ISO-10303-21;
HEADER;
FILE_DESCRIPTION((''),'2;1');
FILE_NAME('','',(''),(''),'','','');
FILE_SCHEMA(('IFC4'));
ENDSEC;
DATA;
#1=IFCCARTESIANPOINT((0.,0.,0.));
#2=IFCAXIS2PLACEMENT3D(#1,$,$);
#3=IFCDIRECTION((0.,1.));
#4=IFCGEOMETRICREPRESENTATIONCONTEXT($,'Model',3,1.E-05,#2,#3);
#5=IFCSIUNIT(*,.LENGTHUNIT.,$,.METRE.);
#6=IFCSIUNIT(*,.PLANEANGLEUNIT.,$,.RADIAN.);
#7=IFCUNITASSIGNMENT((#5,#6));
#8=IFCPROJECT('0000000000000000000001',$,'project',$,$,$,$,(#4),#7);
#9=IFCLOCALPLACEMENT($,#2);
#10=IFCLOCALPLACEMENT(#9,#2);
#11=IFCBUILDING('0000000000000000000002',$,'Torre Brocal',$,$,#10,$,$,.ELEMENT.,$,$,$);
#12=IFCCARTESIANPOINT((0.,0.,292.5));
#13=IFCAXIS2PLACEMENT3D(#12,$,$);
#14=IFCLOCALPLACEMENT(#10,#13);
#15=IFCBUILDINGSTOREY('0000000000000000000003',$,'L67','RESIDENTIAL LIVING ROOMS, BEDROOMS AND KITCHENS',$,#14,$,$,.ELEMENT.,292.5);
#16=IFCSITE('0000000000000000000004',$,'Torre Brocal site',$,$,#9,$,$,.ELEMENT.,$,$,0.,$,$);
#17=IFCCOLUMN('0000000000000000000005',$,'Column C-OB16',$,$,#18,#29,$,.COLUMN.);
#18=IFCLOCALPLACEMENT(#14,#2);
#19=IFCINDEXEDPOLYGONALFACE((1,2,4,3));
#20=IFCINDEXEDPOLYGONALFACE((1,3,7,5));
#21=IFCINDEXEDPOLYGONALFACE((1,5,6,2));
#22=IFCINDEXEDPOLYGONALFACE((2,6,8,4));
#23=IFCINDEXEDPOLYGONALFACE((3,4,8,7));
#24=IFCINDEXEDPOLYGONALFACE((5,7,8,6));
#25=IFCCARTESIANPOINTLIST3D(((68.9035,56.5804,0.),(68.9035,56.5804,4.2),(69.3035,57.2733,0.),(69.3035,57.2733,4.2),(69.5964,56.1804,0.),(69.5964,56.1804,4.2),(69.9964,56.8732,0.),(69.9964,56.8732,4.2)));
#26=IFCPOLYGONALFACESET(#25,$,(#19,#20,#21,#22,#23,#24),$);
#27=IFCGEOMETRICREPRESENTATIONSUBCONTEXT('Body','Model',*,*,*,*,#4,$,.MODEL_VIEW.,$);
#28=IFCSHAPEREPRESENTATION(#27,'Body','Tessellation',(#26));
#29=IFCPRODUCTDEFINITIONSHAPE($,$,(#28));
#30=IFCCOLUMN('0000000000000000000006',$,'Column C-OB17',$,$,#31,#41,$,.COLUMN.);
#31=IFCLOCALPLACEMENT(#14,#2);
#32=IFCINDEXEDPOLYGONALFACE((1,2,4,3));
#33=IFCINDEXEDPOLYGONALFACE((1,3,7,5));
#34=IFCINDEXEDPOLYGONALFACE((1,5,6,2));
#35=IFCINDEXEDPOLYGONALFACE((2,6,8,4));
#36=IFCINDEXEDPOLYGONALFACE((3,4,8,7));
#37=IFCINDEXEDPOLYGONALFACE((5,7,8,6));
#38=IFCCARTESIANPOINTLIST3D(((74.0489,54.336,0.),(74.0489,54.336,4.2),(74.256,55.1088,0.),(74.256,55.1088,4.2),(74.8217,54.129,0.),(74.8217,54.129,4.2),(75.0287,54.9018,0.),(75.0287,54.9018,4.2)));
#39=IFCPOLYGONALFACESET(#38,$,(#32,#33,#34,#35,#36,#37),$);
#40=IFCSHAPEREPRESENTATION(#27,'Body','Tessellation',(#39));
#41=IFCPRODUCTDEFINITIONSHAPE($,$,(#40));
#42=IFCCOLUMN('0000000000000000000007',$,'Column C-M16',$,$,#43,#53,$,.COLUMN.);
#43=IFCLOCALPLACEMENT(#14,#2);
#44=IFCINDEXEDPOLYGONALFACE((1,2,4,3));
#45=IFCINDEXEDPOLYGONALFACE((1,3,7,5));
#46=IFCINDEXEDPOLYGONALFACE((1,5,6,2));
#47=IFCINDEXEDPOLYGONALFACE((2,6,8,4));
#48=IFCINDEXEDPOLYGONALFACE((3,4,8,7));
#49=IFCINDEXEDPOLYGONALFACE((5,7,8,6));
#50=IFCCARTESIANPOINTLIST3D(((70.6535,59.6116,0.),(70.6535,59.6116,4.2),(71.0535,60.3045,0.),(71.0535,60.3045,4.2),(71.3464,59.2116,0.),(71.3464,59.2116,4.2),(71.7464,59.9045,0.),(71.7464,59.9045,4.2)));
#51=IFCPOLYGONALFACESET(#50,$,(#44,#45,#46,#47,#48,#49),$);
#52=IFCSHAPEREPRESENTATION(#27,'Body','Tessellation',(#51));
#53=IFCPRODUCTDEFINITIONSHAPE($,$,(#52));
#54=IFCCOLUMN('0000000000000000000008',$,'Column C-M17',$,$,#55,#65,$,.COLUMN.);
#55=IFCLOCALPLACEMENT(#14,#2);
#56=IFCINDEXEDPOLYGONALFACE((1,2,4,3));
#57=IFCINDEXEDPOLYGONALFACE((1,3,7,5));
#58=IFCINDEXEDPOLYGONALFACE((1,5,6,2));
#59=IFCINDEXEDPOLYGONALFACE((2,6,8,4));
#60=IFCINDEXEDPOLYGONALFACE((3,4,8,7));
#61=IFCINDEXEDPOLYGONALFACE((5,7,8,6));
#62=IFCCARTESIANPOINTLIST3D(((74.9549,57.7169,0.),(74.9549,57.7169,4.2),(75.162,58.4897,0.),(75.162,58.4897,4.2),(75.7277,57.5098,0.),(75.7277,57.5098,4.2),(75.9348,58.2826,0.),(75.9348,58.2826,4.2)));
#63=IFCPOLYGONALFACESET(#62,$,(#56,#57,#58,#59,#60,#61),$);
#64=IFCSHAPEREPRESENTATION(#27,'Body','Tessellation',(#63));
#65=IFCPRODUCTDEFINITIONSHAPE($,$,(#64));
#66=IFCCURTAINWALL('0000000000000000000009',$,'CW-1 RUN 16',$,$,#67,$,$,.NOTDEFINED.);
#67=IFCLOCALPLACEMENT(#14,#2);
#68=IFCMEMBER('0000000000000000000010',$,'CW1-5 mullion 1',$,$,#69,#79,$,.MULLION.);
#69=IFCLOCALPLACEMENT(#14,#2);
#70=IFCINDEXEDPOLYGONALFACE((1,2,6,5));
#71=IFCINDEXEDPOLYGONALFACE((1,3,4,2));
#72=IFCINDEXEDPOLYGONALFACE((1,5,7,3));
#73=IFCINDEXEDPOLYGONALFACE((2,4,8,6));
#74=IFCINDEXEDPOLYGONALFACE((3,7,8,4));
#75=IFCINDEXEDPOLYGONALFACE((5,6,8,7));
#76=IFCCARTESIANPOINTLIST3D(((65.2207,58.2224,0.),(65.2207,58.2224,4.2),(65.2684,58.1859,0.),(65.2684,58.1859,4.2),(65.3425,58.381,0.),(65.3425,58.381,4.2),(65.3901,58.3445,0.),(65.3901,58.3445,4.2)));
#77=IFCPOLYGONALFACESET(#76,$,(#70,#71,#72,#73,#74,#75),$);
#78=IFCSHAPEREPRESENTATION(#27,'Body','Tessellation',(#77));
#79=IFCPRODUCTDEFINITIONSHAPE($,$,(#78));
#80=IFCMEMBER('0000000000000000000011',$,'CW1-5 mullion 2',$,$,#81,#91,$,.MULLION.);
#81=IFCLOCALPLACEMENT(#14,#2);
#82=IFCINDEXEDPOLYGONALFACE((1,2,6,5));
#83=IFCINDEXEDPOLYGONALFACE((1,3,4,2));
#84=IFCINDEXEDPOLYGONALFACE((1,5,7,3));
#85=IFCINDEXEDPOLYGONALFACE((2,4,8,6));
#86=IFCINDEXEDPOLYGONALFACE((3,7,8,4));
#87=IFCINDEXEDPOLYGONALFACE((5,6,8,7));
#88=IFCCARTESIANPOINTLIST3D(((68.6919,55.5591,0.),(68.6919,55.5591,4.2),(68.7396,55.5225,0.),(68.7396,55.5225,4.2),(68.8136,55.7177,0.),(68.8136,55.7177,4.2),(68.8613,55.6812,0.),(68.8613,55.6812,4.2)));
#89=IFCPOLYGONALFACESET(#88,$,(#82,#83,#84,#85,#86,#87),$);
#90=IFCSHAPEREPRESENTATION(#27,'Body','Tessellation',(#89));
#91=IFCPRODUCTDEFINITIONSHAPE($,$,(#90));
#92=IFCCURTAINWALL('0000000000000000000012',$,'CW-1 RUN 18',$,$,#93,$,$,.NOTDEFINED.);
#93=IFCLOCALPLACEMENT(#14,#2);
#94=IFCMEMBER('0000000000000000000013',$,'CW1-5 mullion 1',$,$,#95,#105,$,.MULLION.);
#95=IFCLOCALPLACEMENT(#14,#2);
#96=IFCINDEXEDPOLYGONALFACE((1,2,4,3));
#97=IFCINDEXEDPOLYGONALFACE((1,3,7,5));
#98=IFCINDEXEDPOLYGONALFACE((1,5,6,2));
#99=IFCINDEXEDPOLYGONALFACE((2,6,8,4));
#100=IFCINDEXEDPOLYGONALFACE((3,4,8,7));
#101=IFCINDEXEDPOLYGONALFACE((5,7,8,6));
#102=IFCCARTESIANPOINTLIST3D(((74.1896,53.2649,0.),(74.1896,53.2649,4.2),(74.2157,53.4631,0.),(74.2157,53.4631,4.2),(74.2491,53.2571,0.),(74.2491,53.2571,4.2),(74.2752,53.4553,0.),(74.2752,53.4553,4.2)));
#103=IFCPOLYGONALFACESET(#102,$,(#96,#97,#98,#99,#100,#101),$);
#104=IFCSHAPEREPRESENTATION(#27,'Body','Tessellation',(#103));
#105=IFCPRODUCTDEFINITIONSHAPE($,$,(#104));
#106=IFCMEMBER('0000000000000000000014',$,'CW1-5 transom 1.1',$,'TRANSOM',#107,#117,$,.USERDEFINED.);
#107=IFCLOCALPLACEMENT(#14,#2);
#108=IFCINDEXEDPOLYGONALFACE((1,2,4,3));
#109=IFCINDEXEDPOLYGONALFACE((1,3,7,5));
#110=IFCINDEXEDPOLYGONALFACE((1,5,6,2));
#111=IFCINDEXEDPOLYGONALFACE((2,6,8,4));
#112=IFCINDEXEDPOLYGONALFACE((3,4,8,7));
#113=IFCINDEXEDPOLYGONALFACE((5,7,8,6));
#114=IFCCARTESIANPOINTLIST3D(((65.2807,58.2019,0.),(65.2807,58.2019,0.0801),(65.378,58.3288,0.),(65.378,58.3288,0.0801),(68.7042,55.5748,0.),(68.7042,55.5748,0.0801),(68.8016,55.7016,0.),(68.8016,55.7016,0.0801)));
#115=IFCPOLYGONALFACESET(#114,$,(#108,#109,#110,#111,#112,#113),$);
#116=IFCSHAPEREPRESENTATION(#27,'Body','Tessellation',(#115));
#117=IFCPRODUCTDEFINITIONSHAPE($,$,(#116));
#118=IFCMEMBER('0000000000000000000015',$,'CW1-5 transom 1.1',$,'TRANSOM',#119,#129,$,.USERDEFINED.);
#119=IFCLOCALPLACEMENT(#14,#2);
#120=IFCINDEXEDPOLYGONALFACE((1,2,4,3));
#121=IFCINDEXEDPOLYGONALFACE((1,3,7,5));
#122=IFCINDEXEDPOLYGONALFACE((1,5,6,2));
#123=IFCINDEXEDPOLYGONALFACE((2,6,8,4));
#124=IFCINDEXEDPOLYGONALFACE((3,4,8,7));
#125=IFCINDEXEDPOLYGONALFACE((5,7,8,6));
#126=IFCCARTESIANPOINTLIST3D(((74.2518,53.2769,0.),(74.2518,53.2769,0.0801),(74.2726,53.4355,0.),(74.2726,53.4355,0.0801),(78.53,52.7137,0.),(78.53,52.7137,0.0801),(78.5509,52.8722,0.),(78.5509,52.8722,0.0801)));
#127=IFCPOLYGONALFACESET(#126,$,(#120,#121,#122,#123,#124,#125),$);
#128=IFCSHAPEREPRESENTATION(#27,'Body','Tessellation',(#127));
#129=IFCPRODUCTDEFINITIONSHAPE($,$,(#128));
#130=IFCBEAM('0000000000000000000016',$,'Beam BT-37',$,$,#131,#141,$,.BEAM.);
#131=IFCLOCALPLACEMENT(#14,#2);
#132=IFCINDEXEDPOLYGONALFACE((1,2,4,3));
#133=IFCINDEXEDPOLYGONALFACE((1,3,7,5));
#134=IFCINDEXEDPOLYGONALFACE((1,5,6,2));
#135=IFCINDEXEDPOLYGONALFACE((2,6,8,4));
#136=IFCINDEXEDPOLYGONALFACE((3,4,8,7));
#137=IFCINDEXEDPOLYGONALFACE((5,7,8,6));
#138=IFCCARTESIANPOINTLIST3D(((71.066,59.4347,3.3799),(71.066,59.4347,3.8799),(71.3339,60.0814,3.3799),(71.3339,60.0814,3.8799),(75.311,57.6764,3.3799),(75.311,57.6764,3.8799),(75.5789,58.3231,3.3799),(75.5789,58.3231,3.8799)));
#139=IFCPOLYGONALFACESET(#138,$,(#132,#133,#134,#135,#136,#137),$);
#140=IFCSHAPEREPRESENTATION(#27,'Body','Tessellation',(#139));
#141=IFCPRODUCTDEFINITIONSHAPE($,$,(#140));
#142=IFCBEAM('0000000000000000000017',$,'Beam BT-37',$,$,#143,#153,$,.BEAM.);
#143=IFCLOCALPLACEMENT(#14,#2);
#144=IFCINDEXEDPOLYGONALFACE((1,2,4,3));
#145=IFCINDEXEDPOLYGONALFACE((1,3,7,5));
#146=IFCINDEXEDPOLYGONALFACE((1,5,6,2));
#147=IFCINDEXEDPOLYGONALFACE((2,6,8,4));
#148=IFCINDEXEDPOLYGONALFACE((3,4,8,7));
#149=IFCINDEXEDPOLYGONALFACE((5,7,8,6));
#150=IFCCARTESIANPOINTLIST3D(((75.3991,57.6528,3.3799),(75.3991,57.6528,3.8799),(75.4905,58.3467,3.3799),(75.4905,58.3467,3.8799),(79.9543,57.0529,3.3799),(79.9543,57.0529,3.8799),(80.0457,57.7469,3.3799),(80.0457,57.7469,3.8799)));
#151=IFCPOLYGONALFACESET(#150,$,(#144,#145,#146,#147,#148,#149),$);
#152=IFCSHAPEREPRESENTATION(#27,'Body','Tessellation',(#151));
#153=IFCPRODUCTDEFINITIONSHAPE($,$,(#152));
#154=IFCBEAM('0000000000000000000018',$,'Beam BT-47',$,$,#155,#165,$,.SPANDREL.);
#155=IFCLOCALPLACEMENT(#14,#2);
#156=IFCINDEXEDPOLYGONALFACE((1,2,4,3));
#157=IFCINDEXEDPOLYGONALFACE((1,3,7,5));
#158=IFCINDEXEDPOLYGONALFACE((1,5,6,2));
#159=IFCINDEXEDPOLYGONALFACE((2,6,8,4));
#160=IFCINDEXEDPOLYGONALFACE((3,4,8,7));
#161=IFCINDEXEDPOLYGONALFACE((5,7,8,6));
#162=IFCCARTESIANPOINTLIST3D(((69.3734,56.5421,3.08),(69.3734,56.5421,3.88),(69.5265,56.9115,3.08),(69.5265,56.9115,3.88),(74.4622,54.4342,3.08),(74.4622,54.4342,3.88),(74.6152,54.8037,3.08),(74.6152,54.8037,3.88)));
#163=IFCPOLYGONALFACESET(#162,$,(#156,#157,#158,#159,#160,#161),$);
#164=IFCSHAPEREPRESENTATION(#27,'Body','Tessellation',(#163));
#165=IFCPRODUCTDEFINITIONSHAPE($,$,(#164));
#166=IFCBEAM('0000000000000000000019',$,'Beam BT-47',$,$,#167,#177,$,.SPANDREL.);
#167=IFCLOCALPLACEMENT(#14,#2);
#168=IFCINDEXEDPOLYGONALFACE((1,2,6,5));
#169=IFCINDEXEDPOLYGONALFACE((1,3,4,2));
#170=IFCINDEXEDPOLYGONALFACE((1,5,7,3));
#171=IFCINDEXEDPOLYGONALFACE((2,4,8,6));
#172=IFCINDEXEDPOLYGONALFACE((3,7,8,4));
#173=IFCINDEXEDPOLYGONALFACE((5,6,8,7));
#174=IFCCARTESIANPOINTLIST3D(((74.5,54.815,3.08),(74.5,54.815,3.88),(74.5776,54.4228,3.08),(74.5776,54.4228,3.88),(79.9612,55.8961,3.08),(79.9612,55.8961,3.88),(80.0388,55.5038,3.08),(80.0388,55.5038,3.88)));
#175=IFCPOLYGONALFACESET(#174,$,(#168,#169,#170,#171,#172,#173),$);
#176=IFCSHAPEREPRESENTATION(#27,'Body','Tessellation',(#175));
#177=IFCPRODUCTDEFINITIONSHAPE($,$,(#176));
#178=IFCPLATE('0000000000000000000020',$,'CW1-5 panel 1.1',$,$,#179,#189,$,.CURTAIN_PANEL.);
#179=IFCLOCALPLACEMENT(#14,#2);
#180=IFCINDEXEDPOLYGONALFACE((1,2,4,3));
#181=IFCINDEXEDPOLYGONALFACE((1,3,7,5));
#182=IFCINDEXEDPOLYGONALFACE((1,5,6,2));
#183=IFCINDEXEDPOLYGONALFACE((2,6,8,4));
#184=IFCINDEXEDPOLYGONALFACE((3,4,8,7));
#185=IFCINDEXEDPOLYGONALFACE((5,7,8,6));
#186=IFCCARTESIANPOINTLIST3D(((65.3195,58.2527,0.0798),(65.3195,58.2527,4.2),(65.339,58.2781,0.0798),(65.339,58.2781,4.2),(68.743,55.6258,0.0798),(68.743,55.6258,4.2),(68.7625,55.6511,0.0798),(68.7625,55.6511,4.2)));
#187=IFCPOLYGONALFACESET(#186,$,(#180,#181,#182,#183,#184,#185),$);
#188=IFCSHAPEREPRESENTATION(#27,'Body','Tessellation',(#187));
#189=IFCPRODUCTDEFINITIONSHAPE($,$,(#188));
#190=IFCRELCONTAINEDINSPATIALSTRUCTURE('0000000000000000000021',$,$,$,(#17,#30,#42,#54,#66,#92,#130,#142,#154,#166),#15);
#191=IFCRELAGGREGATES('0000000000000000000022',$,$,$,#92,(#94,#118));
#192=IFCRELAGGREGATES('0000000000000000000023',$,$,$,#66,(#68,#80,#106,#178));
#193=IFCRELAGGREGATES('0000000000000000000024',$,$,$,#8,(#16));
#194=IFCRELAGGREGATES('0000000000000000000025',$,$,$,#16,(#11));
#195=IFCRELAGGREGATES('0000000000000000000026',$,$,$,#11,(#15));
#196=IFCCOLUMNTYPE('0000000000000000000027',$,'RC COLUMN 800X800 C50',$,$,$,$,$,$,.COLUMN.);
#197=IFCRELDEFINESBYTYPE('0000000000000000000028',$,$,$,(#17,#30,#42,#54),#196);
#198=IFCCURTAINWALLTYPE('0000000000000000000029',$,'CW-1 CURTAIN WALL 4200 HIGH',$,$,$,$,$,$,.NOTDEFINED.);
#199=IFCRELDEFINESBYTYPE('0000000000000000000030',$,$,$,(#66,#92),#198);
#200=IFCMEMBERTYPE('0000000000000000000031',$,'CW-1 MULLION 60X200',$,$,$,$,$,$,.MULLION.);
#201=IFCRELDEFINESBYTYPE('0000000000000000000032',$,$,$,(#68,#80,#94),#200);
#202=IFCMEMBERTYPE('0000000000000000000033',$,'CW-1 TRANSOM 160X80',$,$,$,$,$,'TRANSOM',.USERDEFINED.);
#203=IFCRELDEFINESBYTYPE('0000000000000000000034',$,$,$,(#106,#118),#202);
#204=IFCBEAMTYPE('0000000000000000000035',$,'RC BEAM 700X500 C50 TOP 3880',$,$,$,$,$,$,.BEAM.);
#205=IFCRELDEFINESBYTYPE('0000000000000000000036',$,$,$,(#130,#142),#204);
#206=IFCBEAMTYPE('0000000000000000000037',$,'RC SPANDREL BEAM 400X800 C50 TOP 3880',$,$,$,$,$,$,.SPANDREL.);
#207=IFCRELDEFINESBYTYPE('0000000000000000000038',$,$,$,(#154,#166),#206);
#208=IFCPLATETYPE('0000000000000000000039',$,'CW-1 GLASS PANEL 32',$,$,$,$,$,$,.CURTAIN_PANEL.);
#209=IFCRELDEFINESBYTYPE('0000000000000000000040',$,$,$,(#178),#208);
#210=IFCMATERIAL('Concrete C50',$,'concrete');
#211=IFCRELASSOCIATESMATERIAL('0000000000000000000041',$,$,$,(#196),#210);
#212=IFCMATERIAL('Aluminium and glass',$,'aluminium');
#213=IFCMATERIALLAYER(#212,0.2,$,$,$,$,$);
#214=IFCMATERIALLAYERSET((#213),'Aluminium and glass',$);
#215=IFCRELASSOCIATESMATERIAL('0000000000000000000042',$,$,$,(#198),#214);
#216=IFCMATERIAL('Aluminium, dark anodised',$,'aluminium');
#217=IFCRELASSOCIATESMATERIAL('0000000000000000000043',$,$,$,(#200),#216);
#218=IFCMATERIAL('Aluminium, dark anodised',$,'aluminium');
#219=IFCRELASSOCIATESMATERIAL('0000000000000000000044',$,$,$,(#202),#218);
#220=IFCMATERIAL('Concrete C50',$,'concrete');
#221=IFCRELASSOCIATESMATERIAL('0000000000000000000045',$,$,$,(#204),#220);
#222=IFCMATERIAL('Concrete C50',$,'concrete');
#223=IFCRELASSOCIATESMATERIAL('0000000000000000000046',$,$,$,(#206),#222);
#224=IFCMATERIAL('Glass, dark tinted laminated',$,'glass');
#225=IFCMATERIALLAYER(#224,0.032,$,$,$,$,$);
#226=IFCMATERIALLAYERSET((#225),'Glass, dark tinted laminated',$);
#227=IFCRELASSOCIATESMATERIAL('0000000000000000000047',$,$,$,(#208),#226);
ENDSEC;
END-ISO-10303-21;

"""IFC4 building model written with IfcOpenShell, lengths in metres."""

from ifc_helpers import new_model, si_unit, direction, frame, origin, origin_2d, place, context, subcontext, project, spatial, rectangle, extrude, material, layer, layer_set, material_profile, profile_set, type_object, element, aggregate, save


model = new_model("IFC4")

# Units and contexts
model_context = context("Model", 3, precision=1e-05, world=origin(), true_north=direction((0.0, 1.0)))
body_context = subcontext(model_context, "Body", "Model", "MODEL_VIEW")
ifc_project = project(units=[si_unit("LENGTHUNIT", "METRE"), si_unit("PLANEANGLEUNIT", "RADIAN")], contexts=[model_context])

# Site, building, storey
site_placement = place(None, origin())
site = spatial("IfcSite", under=ifc_project, at=site_placement, Name="Torre Brocal site", CompositionType="ELEMENT", RefElevation=0.0)
building_placement = place(site_placement, origin())
building = spatial("IfcBuilding", under=site, at=building_placement, Name="Torre Brocal", CompositionType="ELEMENT")
storey_placement = place(building_placement, frame((0.0, 0.0, 292.5)))
storey = spatial("IfcBuildingStorey", under=building, at=storey_placement, Name="L67", Description="RESIDENTIAL LIVING ROOMS, BEDROOMS AND KITCHENS", CompositionType="ELEMENT", Elevation=292.5)

# Columns
ifc_material_1 = material(Name="Concrete C50", Category="concrete")
ifc_material_profile_1 = material_profile(ifc_material_1, rectangle(XDim=0.8, YDim=0.8, at=origin_2d()), Name="RC 800X800")
ifc_profile_set_1 = profile_set([ifc_material_profile_1], Name="Concrete C50")
column_type = type_object("IfcColumnType", Name="RC COLUMN 800X800 C50", PredefinedType="COLUMN", material=ifc_profile_set_1)
for number, where, z_axis, x_axis, name in (
    (1, (69.45, 56.7268, 0.0), (0.0, 0.0, 1.0), (-0.5, -0.866025, 0.0), "Column C-OB16"),
    (2, (74.5388, 54.6189, 0.0), (0.0, 0.0, 1.0), (-0.258819, -0.965926, 0.0), "Column C-OB17"),
    (3, (71.2, 59.7581, 0.0), (0.0, 0.0, 1.0), (-0.5, -0.866025, 0.0), "Column C-M16"),
    (4, (75.4448, 57.9998, 0.0), (0.0, 0.0, 1.0), (-0.258819, -0.965926, 0.0), "Column C-M17"),
):
    element("IfcColumn", number, at=place(storey_placement, frame(where, z_axis=z_axis, x_axis=x_axis)), inside=storey, type_object=column_type, Name=name, PredefinedType="COLUMN", context=body_context, shape_type="SweptSolid", body=[
        extrude(rectangle(XDim=0.8, YDim=0.8, at=origin_2d()), origin(), (0.0, 0.0, 1.0), 4.2),
    ])

# Curtain wall, members
ifc_material_2 = material(Name="Aluminium and glass", Category="aluminium")
ifc_layer_1 = layer(ifc_material_2, 0.2)
ifc_layer_set_1 = layer_set([ifc_layer_1], Name="Aluminium and glass")
curtain_wall_type = type_object("IfcCurtainWallType", Name="CW-1 CURTAIN WALL 4200 HIGH", PredefinedType="NOTDEFINED", material=ifc_layer_set_1)
curtain_wall_1_placement = place(storey_placement, origin())
curtain_wall_1 = element("IfcCurtainWall", 5, at=curtain_wall_1_placement, inside=storey, type_object=curtain_wall_type, Name="CW-1 RUN 16", PredefinedType="NOTDEFINED")
ifc_material_3 = material(Name="Aluminium, dark anodised", Category="aluminium")
ifc_material_profile_2 = material_profile(ifc_material_3, rectangle(XDim=0.2, YDim=0.0601, at=origin_2d()), Name="CW-1 MULLION 60X200")
ifc_profile_set_2 = profile_set([ifc_material_profile_2], Name="Aluminium, dark anodised")
member_type_1 = type_object("IfcMemberType", Name="CW-1 MULLION 60X200", PredefinedType="MULLION", material=ifc_profile_set_2)
member_1_placement = place(storey_placement, frame((65.3054, 58.2834, 0.0), z_axis=(0.0, 0.0, 1.0), x_axis=(0.608761, 0.793353, 0.0)))
member_1 = element("IfcMember", 6, at=member_1_placement, type_object=member_type_1, Name="CW1-5 mullion 1", PredefinedType="MULLION", context=body_context, shape_type="SweptSolid", body=[
    extrude(rectangle(XDim=0.2, YDim=0.0601, at=origin_2d()), origin(), (0.0, 0.0, 1.0), 4.2),
])
member_2_placement = place(storey_placement, frame((68.7766, 55.6201, 0.0), z_axis=(0.0, 0.0, 1.0), x_axis=(0.608761, 0.793353, 0.0)))
member_2 = element("IfcMember", 7, at=member_2_placement, type_object=member_type_1, Name="CW1-5 mullion 2", PredefinedType="MULLION", context=body_context, shape_type="SweptSolid", body=[
    extrude(rectangle(XDim=0.2, YDim=0.0601, at=origin_2d()), origin(), (0.0, 0.0, 1.0), 4.2),
])

# Curtain wall, member
curtain_wall_2_placement = place(storey_placement, origin())
curtain_wall_2 = element("IfcCurtainWall", 8, at=curtain_wall_2_placement, inside=storey, type_object=curtain_wall_type, Name="CW-1 RUN 18", PredefinedType="NOTDEFINED")
member_3_placement = place(storey_placement, frame((74.2324, 53.3601, 0.0), z_axis=(0.0, 0.0, 1.0), x_axis=(0.130526, 0.991445, 0.0)))
member_3 = element("IfcMember", 9, at=member_3_placement, type_object=member_type_1, Name="CW1-5 mullion 1", PredefinedType="MULLION", context=body_context, shape_type="SweptSolid", body=[
    extrude(rectangle(XDim=0.2, YDim=0.0601, at=origin_2d()), origin(), (0.0, 0.0, 1.0), 4.2),
])

# Members
ifc_material_4 = material(Name="Aluminium, dark anodised", Category="aluminium")
ifc_material_profile_3 = material_profile(ifc_material_4, rectangle(XDim=0.1599, YDim=0.0801, at=origin_2d()), Name="CW-1 TRANSOM 160X80")
ifc_profile_set_3 = profile_set([ifc_material_profile_3], Name="Aluminium, dark anodised")
member_type_2 = type_object("IfcMemberType", Name="CW-1 TRANSOM 160X80", ElementType="TRANSOM", PredefinedType="USERDEFINED", material=ifc_profile_set_3)
member_4_placement = place(storey_placement, frame((65.3293, 58.2654, 0.04), z_axis=(0.793332, -0.608789, 0.0), x_axis=(0.608789, 0.793332, 0.0)))
member_4 = element("IfcMember", 10, at=member_4_placement, type_object=member_type_2, Name="CW1-5 transom 1.1", ObjectType="TRANSOM", PredefinedType="USERDEFINED", context=body_context, shape_type="SweptSolid", body=[
    extrude(rectangle(XDim=0.1599, YDim=0.0801, at=origin_2d()), origin(), (0.0, 0.0, 1.0), 4.3154),
])
member_5_placement = place(storey_placement, frame((74.2622, 53.3562, 0.04), z_axis=(0.991445, -0.130522, 0.0), x_axis=(0.130522, 0.991445, 0.0)))
member_5 = element("IfcMember", 11, at=member_5_placement, type_object=member_type_2, Name="CW1-5 transom 1.1", ObjectType="TRANSOM", PredefinedType="USERDEFINED", context=body_context, shape_type="SweptSolid", body=[
    extrude(rectangle(XDim=0.1599, YDim=0.0801, at=origin_2d()), origin(), (0.0, 0.0, 1.0), 4.3152),
])
aggregate(curtain_wall_2, [member_3, member_5])

# Beams
ifc_material_5 = material(Name="Concrete C50", Category="concrete")
ifc_material_profile_4 = material_profile(ifc_material_5, rectangle(XDim=0.7, YDim=0.5, at=origin_2d()), Name="RC 700X500")
ifc_profile_set_4 = profile_set([ifc_material_profile_4], Name="Concrete C50")
beam_type_1 = type_object("IfcBeamType", Name="RC BEAM 700X500 C50 TOP 3880", PredefinedType="BEAM", material=ifc_profile_set_4)
beam_1_placement = place(storey_placement, frame((71.2, 59.7581, 3.6299), z_axis=(0.923878, -0.382687, 0.0), x_axis=(0.382687, 0.923878, 0.0)))
element("IfcBeam", 12, at=beam_1_placement, inside=storey, type_object=beam_type_1, Name="Beam BT-37", PredefinedType="BEAM", context=body_context, shape_type="SweptSolid", body=[
    extrude(rectangle(XDim=0.7, YDim=0.5, at=origin_2d()), origin(), (0.0, 0.0, 1.0), 4.5947),
])
beam_2_placement = place(storey_placement, frame((75.4448, 57.9998, 3.6299), z_axis=(0.991441, -0.130559, 0.0), x_axis=(0.130559, 0.991441, 0.0)))
element("IfcBeam", 13, at=beam_2_placement, inside=storey, type_object=beam_type_1, Name="Beam BT-37", PredefinedType="BEAM", context=body_context, shape_type="SweptSolid", body=[
    extrude(rectangle(XDim=0.7, YDim=0.5, at=origin_2d()), origin(), (0.0, 0.0, 1.0), 4.5945),
])
ifc_material_6 = material(Name="Concrete C50", Category="concrete")
ifc_material_profile_5 = material_profile(ifc_material_6, rectangle(XDim=0.3999, YDim=0.8, at=origin_2d()), Name="RC 400X800")
ifc_profile_set_5 = profile_set([ifc_material_profile_5], Name="Concrete C50")
beam_type_2 = type_object("IfcBeamType", Name="RC SPANDREL BEAM 400X800 C50 TOP 3880", PredefinedType="SPANDREL", material=ifc_profile_set_5)
beam_3_placement = place(storey_placement, frame((69.45, 56.7268, 3.48), z_axis=(0.923877, -0.382688, 0.0), x_axis=(0.382688, 0.923877, 0.0)))
element("IfcBeam", 14, at=beam_3_placement, inside=storey, type_object=beam_type_2, Name="Beam BT-47", PredefinedType="SPANDREL", context=body_context, shape_type="SweptSolid", body=[
    extrude(rectangle(XDim=0.3999, YDim=0.8, at=origin_2d()), origin(), (0.0, 0.0, 1.0), 5.5081),
])
beam_4_placement = place(storey_placement, frame((74.5388, 54.6189, 3.48), z_axis=(0.980965, 0.194185, 0.0), x_axis=(-0.194185, 0.980965, 0.0)))
element("IfcBeam", 15, at=beam_4_placement, inside=storey, type_object=beam_type_2, Name="Beam BT-47", PredefinedType="SPANDREL", context=body_context, shape_type="SweptSolid", body=[
    extrude(rectangle(XDim=0.3999, YDim=0.8, at=origin_2d()), origin(), (0.0, 0.0, 1.0), 5.5671),
])

# Plate
ifc_material_7 = material(Name="Glass, dark tinted laminated", Category="glass")
ifc_layer_2 = layer(ifc_material_7, 0.032)
ifc_layer_set_2 = layer_set([ifc_layer_2], Name="Glass, dark tinted laminated")
plate_type = type_object("IfcPlateType", Name="CW-1 GLASS PANEL 32", PredefinedType="CURTAIN_PANEL", material=ifc_layer_set_2)
plate_placement = place(storey_placement, frame((67.041, 56.9519, 0.0798), z_axis=(0.0, 0.0, 1.0), x_axis=(0.793353, -0.608761, 0.0)))
plate = element("IfcPlate", 16, at=plate_placement, type_object=plate_type, Name="CW1-5 panel 1.1", PredefinedType="CURTAIN_PANEL", context=body_context, shape_type="SweptSolid", body=[
    extrude(rectangle(XDim=4.3152, YDim=0.032, at=origin_2d()), origin(), (0.0, 0.0, 1.0), 4.1201),
])
aggregate(curtain_wall_1, [member_1, member_2, member_4, plate])

save(model, "model.ifc")
